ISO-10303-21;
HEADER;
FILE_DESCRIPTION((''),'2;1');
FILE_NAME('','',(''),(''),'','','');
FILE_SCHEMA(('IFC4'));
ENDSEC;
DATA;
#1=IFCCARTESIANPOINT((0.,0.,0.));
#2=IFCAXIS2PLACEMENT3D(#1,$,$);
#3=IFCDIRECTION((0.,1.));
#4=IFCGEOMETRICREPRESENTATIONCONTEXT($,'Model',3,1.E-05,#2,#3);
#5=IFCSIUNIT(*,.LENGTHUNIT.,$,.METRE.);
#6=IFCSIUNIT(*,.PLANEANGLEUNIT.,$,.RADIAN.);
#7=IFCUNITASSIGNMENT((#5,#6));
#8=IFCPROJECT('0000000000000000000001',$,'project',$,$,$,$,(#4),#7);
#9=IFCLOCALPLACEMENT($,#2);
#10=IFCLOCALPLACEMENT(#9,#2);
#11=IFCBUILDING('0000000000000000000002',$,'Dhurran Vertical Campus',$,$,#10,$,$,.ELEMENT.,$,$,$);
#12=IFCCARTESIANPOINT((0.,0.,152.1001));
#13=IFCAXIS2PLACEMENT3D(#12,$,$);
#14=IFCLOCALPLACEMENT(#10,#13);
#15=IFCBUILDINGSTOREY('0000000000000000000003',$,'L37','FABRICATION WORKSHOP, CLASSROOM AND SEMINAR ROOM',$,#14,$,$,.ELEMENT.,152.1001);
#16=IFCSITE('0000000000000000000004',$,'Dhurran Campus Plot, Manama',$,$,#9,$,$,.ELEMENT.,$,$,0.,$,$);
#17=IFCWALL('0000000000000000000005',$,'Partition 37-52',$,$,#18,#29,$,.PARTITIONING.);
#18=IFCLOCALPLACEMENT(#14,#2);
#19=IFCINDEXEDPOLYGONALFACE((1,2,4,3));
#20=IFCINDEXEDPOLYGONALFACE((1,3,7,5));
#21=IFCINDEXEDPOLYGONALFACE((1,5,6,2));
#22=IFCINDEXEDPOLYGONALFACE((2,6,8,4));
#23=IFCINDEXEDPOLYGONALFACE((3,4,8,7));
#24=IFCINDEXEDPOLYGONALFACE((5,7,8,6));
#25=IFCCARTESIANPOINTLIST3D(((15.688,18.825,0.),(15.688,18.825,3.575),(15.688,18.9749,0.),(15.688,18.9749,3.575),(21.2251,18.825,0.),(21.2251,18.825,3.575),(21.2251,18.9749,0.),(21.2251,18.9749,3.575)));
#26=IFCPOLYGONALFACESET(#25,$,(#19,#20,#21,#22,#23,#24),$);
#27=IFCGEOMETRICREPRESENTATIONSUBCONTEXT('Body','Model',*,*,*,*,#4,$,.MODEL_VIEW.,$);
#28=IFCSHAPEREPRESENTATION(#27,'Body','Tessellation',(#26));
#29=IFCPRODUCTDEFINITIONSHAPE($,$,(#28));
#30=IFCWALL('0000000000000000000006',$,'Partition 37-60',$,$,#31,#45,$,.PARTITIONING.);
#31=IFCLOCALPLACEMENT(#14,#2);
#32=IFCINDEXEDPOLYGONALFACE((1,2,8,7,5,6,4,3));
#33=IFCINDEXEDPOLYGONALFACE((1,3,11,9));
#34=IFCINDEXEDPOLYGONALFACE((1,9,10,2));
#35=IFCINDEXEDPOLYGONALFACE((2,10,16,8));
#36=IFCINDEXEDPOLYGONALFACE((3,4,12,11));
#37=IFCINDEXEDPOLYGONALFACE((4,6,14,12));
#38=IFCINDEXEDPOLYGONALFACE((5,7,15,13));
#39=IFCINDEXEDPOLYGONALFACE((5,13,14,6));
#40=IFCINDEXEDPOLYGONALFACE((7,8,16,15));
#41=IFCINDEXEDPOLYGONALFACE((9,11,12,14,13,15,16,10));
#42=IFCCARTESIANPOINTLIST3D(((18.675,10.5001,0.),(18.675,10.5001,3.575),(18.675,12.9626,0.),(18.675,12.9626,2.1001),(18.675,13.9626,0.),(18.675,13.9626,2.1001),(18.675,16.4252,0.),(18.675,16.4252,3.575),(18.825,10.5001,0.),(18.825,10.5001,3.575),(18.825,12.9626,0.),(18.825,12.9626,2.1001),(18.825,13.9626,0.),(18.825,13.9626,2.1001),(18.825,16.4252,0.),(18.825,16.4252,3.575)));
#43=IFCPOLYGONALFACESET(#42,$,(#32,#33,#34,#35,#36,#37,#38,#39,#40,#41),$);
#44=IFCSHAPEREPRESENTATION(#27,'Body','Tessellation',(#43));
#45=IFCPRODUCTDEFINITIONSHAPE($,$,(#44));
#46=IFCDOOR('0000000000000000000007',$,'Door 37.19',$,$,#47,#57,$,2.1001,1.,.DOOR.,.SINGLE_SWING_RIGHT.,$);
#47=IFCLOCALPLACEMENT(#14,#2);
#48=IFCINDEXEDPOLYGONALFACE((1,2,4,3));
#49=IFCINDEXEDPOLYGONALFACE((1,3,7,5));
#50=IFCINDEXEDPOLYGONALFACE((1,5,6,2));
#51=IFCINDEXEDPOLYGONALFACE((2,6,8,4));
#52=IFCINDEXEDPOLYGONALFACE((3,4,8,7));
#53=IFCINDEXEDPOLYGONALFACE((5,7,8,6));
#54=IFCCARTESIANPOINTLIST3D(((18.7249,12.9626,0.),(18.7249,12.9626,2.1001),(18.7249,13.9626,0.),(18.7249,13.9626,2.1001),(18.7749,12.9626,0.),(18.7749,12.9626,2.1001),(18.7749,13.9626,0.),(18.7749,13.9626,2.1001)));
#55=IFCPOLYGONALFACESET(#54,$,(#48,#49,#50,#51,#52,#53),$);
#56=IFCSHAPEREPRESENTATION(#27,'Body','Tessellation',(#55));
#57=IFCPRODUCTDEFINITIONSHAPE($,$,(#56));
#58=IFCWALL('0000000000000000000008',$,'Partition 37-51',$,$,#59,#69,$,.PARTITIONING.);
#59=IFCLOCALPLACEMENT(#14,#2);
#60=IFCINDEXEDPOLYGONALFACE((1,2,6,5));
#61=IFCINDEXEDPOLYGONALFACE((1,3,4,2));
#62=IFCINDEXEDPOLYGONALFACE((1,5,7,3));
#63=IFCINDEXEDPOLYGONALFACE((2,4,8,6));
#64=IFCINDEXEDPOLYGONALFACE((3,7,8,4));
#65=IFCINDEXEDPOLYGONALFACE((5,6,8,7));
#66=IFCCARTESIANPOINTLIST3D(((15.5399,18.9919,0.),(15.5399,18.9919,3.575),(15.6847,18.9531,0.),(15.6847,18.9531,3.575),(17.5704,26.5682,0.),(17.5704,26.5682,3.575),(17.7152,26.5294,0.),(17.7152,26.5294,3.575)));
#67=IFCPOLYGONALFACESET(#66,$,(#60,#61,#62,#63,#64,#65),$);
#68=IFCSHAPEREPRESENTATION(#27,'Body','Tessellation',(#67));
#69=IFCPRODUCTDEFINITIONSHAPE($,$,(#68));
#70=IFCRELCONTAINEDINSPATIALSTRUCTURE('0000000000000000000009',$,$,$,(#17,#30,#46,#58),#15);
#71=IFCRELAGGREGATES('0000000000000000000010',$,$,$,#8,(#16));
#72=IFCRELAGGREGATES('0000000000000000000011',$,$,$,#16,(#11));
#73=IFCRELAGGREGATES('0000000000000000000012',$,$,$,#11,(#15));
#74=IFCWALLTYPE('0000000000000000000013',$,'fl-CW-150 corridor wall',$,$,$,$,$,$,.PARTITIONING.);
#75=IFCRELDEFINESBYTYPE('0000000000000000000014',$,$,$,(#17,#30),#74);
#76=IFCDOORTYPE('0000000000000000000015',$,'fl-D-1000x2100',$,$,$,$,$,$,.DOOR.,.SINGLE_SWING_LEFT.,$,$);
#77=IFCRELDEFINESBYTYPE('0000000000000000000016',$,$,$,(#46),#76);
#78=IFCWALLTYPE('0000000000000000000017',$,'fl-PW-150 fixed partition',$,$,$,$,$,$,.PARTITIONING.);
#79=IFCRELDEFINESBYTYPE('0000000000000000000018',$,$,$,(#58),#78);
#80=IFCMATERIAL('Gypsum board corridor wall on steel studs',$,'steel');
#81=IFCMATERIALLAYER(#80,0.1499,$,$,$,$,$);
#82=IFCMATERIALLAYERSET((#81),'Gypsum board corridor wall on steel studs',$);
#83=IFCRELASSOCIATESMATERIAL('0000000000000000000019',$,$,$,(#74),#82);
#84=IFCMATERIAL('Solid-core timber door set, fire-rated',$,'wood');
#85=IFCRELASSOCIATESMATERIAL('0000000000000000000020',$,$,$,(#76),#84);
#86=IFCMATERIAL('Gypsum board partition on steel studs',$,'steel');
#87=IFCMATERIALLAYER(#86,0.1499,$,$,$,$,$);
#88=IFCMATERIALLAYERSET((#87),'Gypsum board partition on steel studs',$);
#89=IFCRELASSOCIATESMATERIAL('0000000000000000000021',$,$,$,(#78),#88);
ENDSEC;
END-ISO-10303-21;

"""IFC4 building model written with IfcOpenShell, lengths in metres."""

from ifc_helpers import new_model, si_unit, direction, frame, frame_2d, origin, place, context, subcontext, project, spatial, rectangle, extrude, material, layer, layer_set, type_object, element, fill, save


model = new_model("IFC4")

# Units and contexts
model_context = context("Model", 3, precision=1e-05, world=origin(), true_north=direction((0.0, 1.0)))
body_context = subcontext(model_context, "Body", "Model", "MODEL_VIEW")
ifc_project = project(units=[si_unit("LENGTHUNIT", "METRE"), si_unit("PLANEANGLEUNIT", "RADIAN")], contexts=[model_context])

# Site, building, storey
site_placement = place(None, origin())
site = spatial("IfcSite", under=ifc_project, at=site_placement, Name="Dhurran Campus Plot, Manama", CompositionType="ELEMENT", RefElevation=0.0)
building_placement = place(site_placement, origin())
building = spatial("IfcBuilding", under=site, at=building_placement, Name="Dhurran Vertical Campus", CompositionType="ELEMENT")
storey_placement = place(building_placement, frame((0.0, 0.0, 152.1001)))
storey = spatial("IfcBuildingStorey", under=building, at=storey_placement, Name="L37", Description="FABRICATION WORKSHOP, CLASSROOM AND SEMINAR ROOM", CompositionType="ELEMENT", Elevation=152.1001)

# Shared definitions
ifc_material_1 = material(Name="Gypsum board corridor wall on steel studs", Category="steel")
ifc_layer_1 = layer(ifc_material_1, 0.1499)
ifc_layer_set_1 = layer_set([ifc_layer_1], Name="Gypsum board corridor wall on steel studs")
wall_type_1 = type_object("IfcWallType", Name="fl-CW-150 corridor wall", PredefinedType="PARTITIONING", material=ifc_layer_set_1)
ifc_material_2 = material(Name="Solid-core timber door set, fire-rated", Category="wood")
door_type = type_object("IfcDoorType", Name="fl-D-1000x2100", OperationType="SINGLE_SWING_LEFT", PredefinedType="DOOR", material=ifc_material_2)

# Wall
wall_1_placement = place(storey_placement, frame((21.2251, 18.8999, 0.0), z_axis=(0.0, 0.0, 1.0), x_axis=(-1.0, 0.0, 0.0)))
element("IfcWall", 1, at=wall_1_placement, inside=storey, type_object=wall_type_1, Name="Partition 37-52", PredefinedType="PARTITIONING", context=body_context, shape_type="SweptSolid", body=[
    extrude(rectangle(XDim=5.5371, YDim=0.1499, at=frame_2d((2.7686, 0.0))), origin(), (0.0, 0.0, 1.0), 3.575),
])

# Wall, opening, door
wall_2_placement = place(storey_placement, frame((18.75, 16.425, 0.0), z_axis=(0.0, 0.0, 1.0), x_axis=(0.0, -1.0, 0.0)))
wall_2 = element("IfcWall", 2, at=wall_2_placement, inside=storey, type_object=wall_type_1, Name="Partition 37-60", PredefinedType="PARTITIONING", context=body_context, shape_type="SweptSolid", body=[
    extrude(rectangle(XDim=5.925, YDim=0.1499, at=frame_2d((2.9624, 0.0))), origin(), (0.0, 0.0, 1.0), 3.575),
])
opening_1_placement = place(wall_2_placement, frame((2.4624, 0.0, 0.0)))
opening_1 = element("IfcOpeningElement", 3, at=opening_1_placement, cuts=wall_2, PredefinedType="OPENING", context=body_context, shape_type="SweptSolid", body=[
    extrude(rectangle(XDim=1.0, YDim=2.1001, at=frame_2d((0.5, 1.05))), frame((0.0, 0.085, 0.0), z_axis=(0.0, -1.0, 0.0), x_axis=(1.0, 0.0, 0.0)), (0.0, 0.0, 1.0), 0.1699),
])
door_1_placement = place(opening_1_placement, origin())
door_1 = element("IfcDoor", 4, at=door_1_placement, inside=storey, type_object=door_type, Name="Door 37.19", OperationType="SINGLE_SWING_RIGHT", OverallHeight=2.1001, OverallWidth=1.0, PredefinedType="DOOR", context=body_context, shape_type="SweptSolid", body=[
    extrude(rectangle(XDim=1.0, YDim=2.1001, at=frame_2d((0.5, 1.05))), frame((0.0, 0.0249, 0.0), z_axis=(0.0, -1.0, 0.0), x_axis=(1.0, 0.0, 0.0)), (0.0, 0.0, 1.0), 0.05),
])
fill(opening_1, door_1)

# Wall
ifc_material_3 = material(Name="Gypsum board partition on steel studs", Category="steel")
ifc_layer_2 = layer(ifc_material_3, 0.1499)
ifc_layer_set_2 = layer_set([ifc_layer_2], Name="Gypsum board partition on steel studs")
wall_type_2 = type_object("IfcWallType", Name="fl-PW-150 fixed partition", PredefinedType="PARTITIONING", material=ifc_layer_set_2)
wall_3_placement = place(storey_placement, frame((17.6428, 26.5488, 0.0), z_axis=(0.0, 0.0, 1.0), x_axis=(-0.258869, -0.965912, 0.0)))
element("IfcWall", 5, at=wall_3_placement, inside=storey, type_object=wall_type_2, Name="Partition 37-51", PredefinedType="PARTITIONING", context=body_context, shape_type="SweptSolid", body=[
    extrude(rectangle(XDim=7.8438, YDim=0.1499, at=frame_2d((3.9219, 0.0))), origin(), (0.0, 0.0, 1.0), 3.575),
])

save(model, "model.ifc")
